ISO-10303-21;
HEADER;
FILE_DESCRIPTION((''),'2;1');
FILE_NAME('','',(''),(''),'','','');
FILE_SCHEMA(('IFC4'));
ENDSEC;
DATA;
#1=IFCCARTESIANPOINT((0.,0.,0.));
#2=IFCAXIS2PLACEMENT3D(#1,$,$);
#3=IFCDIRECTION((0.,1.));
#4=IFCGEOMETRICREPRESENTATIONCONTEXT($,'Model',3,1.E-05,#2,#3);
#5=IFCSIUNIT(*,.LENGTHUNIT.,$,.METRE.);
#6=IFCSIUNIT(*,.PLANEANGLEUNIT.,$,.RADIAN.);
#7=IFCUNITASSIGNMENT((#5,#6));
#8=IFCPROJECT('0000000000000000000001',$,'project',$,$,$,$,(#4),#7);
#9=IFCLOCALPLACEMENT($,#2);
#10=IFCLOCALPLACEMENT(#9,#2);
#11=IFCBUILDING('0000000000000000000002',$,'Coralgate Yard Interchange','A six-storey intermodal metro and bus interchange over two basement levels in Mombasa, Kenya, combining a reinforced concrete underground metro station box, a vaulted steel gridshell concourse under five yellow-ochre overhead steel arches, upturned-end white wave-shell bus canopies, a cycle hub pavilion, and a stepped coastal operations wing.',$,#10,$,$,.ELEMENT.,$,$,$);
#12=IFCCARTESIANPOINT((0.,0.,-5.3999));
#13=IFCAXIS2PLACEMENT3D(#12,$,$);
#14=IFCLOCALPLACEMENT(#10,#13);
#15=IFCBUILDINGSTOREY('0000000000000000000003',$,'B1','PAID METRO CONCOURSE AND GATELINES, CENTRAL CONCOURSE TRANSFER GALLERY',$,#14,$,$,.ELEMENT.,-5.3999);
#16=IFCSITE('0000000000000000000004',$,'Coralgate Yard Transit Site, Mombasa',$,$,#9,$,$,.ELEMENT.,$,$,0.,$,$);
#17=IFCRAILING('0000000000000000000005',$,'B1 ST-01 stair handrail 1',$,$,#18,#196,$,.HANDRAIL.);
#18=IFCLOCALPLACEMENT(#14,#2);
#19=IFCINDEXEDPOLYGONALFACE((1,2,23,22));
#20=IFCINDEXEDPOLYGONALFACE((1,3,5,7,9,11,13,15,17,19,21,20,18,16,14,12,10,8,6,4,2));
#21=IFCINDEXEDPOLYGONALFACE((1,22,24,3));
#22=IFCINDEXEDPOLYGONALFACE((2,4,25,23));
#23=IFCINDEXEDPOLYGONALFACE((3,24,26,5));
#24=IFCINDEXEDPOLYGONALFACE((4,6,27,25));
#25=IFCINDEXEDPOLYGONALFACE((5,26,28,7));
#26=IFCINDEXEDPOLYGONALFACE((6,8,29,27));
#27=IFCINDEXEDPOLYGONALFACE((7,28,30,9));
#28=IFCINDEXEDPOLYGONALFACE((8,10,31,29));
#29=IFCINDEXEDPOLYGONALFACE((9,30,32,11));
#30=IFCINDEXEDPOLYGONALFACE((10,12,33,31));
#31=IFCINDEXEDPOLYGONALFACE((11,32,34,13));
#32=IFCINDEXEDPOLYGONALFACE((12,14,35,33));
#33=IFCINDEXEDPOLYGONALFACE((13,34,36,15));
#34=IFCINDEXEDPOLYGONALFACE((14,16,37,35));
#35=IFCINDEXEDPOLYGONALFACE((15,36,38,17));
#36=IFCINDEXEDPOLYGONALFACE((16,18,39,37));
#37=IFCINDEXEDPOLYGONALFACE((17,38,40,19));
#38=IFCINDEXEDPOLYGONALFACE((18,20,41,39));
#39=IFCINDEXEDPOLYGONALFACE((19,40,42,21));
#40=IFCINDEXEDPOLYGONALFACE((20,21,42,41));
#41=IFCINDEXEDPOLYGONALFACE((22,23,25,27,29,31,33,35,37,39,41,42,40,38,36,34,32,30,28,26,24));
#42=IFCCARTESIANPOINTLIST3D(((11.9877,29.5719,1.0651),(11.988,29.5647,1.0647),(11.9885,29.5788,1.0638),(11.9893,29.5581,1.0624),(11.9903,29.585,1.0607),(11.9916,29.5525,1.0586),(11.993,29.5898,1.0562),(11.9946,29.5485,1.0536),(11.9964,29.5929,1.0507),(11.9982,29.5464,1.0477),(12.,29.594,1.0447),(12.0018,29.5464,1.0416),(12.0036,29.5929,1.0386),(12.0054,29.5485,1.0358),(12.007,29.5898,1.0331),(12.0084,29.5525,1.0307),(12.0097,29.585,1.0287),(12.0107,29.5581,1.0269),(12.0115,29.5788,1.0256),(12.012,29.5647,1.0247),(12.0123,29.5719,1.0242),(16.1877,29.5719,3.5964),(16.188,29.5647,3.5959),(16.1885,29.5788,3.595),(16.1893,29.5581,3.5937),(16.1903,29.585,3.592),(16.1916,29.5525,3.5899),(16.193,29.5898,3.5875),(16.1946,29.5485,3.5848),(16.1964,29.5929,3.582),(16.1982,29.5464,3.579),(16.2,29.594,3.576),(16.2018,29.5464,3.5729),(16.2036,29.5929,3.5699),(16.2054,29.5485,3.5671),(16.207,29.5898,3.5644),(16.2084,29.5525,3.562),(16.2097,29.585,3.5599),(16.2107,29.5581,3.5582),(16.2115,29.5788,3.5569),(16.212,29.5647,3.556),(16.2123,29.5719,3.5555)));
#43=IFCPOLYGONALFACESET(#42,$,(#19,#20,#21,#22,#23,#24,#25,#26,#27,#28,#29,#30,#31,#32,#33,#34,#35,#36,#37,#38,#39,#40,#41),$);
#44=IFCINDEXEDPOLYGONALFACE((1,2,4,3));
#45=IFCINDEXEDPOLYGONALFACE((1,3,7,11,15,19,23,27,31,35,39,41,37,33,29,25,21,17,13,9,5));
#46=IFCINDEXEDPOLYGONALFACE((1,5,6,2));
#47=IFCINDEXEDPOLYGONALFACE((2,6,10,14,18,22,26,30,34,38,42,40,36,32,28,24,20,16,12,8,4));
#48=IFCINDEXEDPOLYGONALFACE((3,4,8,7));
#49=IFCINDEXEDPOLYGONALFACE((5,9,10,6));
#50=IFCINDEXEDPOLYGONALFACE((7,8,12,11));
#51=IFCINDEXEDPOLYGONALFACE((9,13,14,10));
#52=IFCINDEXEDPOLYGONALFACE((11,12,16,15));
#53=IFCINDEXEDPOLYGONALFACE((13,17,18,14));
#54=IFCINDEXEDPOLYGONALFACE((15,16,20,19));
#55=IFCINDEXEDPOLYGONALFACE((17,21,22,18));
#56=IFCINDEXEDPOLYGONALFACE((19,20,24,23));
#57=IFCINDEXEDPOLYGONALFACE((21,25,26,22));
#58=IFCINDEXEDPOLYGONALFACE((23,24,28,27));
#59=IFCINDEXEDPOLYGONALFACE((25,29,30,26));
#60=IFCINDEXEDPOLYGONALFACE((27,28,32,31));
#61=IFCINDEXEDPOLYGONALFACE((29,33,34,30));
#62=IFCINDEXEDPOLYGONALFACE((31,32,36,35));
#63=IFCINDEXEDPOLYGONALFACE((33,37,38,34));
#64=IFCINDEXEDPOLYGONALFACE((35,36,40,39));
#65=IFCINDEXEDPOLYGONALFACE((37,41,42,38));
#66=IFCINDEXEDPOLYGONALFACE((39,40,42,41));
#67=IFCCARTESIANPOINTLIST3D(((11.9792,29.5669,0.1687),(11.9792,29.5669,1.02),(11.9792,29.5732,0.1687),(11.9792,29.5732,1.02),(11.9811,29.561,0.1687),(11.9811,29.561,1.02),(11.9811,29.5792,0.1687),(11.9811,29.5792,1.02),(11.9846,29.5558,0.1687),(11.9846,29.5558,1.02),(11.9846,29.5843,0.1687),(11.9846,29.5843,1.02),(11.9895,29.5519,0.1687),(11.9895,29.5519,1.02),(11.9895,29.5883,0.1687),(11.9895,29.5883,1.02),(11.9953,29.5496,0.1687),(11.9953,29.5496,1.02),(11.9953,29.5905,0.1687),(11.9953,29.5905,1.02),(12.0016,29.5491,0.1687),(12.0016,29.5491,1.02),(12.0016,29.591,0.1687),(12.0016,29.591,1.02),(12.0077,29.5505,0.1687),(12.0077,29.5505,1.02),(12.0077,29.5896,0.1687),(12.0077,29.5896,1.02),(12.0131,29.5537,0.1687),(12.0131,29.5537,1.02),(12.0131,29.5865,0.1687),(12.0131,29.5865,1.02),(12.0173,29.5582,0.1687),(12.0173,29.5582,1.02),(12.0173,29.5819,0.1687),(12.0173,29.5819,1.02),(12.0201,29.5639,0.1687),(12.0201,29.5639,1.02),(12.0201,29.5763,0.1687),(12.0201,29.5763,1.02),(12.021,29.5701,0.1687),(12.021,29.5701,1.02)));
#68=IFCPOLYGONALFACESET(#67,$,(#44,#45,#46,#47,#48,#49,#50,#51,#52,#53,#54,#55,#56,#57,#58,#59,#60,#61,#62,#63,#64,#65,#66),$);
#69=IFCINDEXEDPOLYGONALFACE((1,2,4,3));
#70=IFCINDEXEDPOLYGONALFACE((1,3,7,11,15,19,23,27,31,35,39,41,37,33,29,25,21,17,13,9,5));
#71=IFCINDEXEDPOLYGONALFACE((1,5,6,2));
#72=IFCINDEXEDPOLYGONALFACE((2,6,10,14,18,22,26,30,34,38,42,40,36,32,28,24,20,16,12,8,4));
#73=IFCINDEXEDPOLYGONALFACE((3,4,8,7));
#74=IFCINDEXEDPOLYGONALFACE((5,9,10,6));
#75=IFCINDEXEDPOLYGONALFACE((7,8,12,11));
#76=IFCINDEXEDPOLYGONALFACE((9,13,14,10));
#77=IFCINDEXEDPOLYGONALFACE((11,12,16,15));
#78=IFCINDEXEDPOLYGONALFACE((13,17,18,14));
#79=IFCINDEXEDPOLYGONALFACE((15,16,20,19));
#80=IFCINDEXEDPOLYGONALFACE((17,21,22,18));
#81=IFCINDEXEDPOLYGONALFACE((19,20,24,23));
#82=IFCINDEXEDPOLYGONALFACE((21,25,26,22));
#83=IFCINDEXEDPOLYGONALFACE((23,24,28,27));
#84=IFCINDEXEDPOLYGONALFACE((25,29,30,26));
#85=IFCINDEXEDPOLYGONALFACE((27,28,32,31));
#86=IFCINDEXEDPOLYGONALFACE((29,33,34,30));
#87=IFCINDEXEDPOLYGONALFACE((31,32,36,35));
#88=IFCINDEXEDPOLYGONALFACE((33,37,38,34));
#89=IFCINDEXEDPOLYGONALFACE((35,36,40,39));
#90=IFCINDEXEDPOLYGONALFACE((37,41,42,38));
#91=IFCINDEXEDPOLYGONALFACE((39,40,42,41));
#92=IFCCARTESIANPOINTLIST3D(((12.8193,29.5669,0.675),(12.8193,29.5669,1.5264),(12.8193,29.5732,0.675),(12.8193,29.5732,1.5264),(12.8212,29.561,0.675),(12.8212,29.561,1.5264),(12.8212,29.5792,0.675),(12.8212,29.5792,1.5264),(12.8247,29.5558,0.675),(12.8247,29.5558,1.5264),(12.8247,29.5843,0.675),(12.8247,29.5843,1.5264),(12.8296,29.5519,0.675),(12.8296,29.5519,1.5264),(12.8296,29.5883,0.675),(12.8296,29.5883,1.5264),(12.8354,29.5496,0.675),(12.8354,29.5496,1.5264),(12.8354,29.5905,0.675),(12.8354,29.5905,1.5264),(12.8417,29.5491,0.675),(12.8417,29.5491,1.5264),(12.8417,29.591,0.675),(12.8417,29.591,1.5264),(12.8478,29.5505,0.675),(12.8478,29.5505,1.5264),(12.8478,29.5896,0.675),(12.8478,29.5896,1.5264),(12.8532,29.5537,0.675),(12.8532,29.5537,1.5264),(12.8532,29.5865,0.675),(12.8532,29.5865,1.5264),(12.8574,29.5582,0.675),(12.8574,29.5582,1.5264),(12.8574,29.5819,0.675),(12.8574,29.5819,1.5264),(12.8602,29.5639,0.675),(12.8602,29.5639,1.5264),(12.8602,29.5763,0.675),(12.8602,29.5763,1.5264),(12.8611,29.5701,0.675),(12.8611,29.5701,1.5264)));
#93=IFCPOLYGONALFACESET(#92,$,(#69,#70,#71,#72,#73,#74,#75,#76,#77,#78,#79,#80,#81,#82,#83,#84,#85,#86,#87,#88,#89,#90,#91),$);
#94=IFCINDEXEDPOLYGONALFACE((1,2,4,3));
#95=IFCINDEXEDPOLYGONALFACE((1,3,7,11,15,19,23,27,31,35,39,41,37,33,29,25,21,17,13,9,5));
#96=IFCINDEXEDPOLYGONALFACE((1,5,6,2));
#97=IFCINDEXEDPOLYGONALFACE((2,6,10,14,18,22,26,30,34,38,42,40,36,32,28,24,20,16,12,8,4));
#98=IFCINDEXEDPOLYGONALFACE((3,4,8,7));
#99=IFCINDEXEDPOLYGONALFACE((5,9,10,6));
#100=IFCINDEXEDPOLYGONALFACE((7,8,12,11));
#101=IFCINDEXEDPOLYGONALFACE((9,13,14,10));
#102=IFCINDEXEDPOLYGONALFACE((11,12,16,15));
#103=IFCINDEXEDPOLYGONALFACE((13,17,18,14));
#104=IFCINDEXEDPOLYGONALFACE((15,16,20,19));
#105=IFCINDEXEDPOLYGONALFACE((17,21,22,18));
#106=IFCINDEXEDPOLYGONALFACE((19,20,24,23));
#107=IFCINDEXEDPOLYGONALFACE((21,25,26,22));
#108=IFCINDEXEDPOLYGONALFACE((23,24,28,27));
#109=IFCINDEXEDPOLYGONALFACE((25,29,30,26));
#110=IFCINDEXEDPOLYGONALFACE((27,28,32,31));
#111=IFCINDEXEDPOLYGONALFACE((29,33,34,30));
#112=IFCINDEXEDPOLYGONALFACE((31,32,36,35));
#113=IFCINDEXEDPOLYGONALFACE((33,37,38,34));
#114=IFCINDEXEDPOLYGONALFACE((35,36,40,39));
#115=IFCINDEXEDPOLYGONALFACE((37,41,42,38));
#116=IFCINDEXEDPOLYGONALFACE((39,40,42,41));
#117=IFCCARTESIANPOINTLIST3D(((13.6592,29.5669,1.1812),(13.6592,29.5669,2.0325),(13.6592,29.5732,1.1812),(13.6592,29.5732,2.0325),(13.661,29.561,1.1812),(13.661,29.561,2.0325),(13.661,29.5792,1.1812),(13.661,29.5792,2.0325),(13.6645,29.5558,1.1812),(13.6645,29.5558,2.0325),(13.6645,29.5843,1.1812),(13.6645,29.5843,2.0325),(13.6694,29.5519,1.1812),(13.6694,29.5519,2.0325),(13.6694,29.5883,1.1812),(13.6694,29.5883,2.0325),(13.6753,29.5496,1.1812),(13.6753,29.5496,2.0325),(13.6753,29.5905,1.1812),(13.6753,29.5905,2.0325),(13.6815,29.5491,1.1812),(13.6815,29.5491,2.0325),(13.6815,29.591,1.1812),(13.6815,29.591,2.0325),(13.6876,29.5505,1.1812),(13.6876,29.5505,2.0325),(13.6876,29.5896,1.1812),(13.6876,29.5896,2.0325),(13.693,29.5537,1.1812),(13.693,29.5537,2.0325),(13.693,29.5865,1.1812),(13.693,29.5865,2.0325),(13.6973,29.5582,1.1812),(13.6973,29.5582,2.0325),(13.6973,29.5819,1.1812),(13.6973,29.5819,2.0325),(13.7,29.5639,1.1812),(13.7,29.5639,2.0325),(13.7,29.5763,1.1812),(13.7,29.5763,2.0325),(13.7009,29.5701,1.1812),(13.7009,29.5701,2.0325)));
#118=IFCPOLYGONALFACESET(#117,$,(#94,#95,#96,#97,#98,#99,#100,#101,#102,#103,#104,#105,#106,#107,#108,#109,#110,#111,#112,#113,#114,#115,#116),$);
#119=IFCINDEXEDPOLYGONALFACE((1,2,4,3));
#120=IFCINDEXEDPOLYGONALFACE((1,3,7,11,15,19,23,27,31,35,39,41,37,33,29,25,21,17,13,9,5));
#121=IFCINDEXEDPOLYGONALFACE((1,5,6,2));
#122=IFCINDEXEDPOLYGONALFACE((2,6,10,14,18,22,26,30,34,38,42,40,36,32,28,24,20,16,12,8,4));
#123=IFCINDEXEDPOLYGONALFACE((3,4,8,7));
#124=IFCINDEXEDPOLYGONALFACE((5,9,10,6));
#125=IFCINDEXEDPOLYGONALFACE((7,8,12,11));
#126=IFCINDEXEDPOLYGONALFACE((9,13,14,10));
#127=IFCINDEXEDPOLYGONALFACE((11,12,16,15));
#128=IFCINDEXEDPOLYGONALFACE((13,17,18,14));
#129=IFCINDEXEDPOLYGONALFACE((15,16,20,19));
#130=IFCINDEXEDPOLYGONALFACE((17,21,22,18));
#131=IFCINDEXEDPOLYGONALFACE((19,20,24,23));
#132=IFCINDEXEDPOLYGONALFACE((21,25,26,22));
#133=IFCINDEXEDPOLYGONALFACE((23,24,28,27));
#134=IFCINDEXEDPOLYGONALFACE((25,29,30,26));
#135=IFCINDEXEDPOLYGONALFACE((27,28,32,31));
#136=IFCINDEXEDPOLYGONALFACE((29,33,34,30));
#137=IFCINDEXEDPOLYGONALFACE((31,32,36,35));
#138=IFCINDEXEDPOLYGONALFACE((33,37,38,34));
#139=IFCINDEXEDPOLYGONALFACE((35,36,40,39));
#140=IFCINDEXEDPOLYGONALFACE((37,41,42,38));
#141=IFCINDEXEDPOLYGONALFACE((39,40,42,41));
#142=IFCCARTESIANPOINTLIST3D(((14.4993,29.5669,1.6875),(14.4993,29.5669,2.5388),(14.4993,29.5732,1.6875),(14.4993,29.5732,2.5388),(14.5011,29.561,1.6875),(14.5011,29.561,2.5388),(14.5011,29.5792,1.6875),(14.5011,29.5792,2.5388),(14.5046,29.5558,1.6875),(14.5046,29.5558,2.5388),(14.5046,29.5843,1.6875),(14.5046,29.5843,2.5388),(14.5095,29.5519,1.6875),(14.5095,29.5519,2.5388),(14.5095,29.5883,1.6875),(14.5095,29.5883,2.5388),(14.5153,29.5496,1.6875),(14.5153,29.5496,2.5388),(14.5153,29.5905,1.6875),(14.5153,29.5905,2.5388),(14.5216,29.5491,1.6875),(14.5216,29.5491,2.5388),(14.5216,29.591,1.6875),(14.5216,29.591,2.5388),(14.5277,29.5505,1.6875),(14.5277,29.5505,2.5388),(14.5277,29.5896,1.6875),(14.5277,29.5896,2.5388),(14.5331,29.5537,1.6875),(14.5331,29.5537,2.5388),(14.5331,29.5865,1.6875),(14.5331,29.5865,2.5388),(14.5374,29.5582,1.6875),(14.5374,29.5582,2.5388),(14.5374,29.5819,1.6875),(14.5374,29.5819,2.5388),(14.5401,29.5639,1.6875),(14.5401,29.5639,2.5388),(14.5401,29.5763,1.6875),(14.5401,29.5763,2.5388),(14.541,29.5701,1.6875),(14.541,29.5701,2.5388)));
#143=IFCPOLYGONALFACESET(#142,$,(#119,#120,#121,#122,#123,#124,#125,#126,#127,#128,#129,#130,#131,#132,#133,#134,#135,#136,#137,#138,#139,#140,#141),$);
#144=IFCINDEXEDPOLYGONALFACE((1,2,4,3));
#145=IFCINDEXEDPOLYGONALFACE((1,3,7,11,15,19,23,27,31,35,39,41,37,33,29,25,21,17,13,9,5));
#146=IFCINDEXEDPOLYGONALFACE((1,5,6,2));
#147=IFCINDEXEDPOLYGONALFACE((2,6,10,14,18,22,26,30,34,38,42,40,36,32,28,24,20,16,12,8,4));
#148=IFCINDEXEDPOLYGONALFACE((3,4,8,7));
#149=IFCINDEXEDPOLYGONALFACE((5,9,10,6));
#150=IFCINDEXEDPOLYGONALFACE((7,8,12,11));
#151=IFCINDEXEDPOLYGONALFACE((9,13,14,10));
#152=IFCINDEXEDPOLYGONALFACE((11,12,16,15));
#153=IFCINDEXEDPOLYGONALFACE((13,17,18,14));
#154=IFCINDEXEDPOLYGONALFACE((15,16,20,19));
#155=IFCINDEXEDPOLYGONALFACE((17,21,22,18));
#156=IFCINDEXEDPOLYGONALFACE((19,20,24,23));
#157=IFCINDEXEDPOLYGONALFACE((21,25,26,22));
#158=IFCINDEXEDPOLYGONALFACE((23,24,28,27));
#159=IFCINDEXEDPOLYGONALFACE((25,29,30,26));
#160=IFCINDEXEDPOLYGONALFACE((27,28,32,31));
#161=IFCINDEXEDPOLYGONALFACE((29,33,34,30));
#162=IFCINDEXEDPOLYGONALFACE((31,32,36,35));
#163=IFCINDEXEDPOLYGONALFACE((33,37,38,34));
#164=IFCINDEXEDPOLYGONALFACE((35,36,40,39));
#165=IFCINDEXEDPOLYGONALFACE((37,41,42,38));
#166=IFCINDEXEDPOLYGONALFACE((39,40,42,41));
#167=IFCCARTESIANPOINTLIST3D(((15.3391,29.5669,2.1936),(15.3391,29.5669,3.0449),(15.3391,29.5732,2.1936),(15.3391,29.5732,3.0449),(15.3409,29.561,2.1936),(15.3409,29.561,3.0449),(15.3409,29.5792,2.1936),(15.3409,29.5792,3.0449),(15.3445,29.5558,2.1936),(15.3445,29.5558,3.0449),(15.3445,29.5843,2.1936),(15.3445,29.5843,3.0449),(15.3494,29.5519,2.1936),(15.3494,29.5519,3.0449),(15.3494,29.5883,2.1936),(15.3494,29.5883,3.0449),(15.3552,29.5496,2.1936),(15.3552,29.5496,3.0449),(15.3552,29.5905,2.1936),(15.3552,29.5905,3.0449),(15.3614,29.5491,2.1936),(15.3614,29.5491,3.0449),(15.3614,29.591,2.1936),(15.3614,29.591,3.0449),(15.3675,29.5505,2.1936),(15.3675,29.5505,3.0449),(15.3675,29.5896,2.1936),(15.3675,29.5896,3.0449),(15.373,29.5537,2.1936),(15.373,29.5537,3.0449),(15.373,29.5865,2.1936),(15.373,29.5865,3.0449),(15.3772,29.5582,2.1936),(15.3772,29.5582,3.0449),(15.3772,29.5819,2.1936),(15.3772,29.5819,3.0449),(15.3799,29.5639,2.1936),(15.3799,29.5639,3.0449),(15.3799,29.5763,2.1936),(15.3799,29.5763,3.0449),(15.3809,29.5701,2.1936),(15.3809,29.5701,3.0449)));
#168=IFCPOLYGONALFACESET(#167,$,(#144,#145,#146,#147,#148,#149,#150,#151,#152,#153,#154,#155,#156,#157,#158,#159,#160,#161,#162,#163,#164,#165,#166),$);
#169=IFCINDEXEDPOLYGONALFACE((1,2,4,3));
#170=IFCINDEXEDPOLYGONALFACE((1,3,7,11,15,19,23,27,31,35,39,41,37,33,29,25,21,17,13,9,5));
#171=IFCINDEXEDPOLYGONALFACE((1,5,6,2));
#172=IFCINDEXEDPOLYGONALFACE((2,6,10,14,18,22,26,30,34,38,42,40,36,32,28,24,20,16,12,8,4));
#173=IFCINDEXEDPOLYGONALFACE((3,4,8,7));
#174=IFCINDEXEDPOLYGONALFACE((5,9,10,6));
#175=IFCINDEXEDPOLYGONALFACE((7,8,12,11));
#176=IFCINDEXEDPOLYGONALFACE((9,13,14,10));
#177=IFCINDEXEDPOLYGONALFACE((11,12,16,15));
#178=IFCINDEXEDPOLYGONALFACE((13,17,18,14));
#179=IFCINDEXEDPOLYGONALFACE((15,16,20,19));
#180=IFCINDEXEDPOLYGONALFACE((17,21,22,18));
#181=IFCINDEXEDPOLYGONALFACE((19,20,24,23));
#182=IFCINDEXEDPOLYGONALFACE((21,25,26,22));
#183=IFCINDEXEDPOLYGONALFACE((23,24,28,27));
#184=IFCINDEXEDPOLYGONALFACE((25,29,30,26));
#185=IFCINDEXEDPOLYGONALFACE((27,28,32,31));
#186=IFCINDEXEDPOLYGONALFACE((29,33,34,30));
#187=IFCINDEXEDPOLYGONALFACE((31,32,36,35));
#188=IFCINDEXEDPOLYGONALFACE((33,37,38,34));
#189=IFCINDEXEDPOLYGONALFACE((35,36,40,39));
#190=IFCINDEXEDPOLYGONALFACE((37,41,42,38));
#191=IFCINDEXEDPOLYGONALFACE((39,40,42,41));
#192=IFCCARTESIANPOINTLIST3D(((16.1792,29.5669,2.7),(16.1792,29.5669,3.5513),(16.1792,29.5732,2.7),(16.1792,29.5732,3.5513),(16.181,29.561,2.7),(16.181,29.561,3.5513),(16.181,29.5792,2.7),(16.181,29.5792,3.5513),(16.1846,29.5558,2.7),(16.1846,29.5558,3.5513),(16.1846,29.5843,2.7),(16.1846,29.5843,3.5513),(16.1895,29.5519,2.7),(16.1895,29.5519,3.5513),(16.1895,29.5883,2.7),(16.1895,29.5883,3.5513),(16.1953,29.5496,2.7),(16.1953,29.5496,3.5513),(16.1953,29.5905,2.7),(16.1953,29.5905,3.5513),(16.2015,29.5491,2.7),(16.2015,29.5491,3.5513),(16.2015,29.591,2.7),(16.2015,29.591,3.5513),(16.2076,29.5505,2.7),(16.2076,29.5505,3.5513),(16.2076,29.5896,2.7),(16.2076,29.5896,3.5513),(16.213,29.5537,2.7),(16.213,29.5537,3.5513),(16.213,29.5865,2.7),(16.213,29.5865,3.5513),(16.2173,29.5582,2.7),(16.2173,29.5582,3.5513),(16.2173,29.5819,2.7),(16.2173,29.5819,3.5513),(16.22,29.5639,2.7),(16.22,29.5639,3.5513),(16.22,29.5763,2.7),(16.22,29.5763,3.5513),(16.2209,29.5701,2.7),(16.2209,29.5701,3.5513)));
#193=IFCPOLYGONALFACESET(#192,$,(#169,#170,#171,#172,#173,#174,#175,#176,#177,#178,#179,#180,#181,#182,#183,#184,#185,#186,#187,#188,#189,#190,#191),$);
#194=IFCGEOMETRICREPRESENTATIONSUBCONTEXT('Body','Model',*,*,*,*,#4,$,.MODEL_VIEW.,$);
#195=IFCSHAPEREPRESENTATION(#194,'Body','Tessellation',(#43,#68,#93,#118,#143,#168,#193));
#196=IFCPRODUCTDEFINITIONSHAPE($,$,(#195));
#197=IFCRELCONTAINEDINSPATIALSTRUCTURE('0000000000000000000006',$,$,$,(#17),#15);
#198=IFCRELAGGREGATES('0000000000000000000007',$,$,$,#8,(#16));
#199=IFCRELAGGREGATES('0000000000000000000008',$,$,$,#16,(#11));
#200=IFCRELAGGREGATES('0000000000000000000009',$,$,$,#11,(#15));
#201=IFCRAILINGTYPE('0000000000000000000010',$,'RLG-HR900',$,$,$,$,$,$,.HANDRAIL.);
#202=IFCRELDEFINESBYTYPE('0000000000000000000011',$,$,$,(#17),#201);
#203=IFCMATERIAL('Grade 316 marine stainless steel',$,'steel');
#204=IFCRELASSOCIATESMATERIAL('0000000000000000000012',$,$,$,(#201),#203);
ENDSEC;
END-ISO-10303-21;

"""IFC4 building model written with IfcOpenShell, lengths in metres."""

from ifc_helpers import new_model, si_unit, direction, frame, origin, origin_2d, place, context, subcontext, project, spatial, circle, extrude, material, type_object, element, save


model = new_model("IFC4")

# Units and contexts
model_context = context("Model", 3, precision=1e-05, world=origin(), true_north=direction((0.0, 1.0)))
body_context = subcontext(model_context, "Body", "Model", "MODEL_VIEW")
ifc_project = project(units=[si_unit("LENGTHUNIT", "METRE"), si_unit("PLANEANGLEUNIT", "RADIAN")], contexts=[model_context])

# Site, building, storey
site_placement = place(None, origin())
site = spatial("IfcSite", under=ifc_project, at=site_placement, Name="Coralgate Yard Transit Site, Mombasa", CompositionType="ELEMENT", RefElevation=0.0)
building_placement = place(site_placement, origin())
building = spatial("IfcBuilding", under=site, at=building_placement, Name="Coralgate Yard Interchange", Description="A six-storey intermodal metro and bus interchange over two basement levels in Mombasa, Kenya, combining a reinforced concrete underground metro station box, a vaulted steel gridshell concourse under five yellow-ochre overhead steel arches, upturned-end white wave-shell bus canopies, a cycle hub pavilion, and a stepped coastal operations wing.", CompositionType="ELEMENT")
storey_placement = place(building_placement, frame((0.0, 0.0, -5.3999)))
storey = spatial("IfcBuildingStorey", under=building, at=storey_placement, Name="B1", Description="PAID METRO CONCOURSE AND GATELINES, CENTRAL CONCOURSE TRANSFER GALLERY", CompositionType="ELEMENT", Elevation=-5.3999)

# Railing
ifc_material_1 = material(Name="Grade 316 marine stainless steel", Category="steel")
railing_type_1 = type_object("IfcRailingType", Name="RLG-HR900", PredefinedType="HANDRAIL", material=ifc_material_1)
railing_1_placement = place(storey_placement, frame((12.0, 29.5701, 0.1687)))
element("IfcRailing", 1, at=railing_1_placement, inside=storey, type_object=railing_type_1, Name="B1 ST-01 stair handrail 1", PredefinedType="HANDRAIL", context=body_context, shape_type="SweptSolid", body=[
    extrude(circle(Radius=0.0239, at=origin_2d()), frame((0.0, 0.0, 0.876), z_axis=(0.856476, 0.0, 0.516186), x_axis=(0.0, 1.0, 0.0)), (0.0, 0.0, 1.0), 4.9038),
    extrude(circle(Radius=0.021, at=origin_2d()), origin(), (0.0, 0.0, 1.0), 0.8513),
    extrude(circle(Radius=0.021, at=origin_2d()), frame((0.8401, 0.0, 0.5063)), (0.0, 0.0, 1.0), 0.8513),
    extrude(circle(Radius=0.021, at=origin_2d()), frame((1.6799, 0.0, 1.0125)), (0.0, 0.0, 1.0), 0.8513),
    extrude(circle(Radius=0.021, at=origin_2d()), frame((2.52, 0.0, 1.5188)), (0.0, 0.0, 1.0), 0.8513),
    extrude(circle(Radius=0.021, at=origin_2d()), frame((3.3599, 0.0, 2.0249)), (0.0, 0.0, 1.0), 0.8513),
    extrude(circle(Radius=0.021, at=origin_2d()), frame((4.2, 0.0, 2.5312)), (0.0, 0.0, 1.0), 0.8513),
])

save(model, "model.ifc")
